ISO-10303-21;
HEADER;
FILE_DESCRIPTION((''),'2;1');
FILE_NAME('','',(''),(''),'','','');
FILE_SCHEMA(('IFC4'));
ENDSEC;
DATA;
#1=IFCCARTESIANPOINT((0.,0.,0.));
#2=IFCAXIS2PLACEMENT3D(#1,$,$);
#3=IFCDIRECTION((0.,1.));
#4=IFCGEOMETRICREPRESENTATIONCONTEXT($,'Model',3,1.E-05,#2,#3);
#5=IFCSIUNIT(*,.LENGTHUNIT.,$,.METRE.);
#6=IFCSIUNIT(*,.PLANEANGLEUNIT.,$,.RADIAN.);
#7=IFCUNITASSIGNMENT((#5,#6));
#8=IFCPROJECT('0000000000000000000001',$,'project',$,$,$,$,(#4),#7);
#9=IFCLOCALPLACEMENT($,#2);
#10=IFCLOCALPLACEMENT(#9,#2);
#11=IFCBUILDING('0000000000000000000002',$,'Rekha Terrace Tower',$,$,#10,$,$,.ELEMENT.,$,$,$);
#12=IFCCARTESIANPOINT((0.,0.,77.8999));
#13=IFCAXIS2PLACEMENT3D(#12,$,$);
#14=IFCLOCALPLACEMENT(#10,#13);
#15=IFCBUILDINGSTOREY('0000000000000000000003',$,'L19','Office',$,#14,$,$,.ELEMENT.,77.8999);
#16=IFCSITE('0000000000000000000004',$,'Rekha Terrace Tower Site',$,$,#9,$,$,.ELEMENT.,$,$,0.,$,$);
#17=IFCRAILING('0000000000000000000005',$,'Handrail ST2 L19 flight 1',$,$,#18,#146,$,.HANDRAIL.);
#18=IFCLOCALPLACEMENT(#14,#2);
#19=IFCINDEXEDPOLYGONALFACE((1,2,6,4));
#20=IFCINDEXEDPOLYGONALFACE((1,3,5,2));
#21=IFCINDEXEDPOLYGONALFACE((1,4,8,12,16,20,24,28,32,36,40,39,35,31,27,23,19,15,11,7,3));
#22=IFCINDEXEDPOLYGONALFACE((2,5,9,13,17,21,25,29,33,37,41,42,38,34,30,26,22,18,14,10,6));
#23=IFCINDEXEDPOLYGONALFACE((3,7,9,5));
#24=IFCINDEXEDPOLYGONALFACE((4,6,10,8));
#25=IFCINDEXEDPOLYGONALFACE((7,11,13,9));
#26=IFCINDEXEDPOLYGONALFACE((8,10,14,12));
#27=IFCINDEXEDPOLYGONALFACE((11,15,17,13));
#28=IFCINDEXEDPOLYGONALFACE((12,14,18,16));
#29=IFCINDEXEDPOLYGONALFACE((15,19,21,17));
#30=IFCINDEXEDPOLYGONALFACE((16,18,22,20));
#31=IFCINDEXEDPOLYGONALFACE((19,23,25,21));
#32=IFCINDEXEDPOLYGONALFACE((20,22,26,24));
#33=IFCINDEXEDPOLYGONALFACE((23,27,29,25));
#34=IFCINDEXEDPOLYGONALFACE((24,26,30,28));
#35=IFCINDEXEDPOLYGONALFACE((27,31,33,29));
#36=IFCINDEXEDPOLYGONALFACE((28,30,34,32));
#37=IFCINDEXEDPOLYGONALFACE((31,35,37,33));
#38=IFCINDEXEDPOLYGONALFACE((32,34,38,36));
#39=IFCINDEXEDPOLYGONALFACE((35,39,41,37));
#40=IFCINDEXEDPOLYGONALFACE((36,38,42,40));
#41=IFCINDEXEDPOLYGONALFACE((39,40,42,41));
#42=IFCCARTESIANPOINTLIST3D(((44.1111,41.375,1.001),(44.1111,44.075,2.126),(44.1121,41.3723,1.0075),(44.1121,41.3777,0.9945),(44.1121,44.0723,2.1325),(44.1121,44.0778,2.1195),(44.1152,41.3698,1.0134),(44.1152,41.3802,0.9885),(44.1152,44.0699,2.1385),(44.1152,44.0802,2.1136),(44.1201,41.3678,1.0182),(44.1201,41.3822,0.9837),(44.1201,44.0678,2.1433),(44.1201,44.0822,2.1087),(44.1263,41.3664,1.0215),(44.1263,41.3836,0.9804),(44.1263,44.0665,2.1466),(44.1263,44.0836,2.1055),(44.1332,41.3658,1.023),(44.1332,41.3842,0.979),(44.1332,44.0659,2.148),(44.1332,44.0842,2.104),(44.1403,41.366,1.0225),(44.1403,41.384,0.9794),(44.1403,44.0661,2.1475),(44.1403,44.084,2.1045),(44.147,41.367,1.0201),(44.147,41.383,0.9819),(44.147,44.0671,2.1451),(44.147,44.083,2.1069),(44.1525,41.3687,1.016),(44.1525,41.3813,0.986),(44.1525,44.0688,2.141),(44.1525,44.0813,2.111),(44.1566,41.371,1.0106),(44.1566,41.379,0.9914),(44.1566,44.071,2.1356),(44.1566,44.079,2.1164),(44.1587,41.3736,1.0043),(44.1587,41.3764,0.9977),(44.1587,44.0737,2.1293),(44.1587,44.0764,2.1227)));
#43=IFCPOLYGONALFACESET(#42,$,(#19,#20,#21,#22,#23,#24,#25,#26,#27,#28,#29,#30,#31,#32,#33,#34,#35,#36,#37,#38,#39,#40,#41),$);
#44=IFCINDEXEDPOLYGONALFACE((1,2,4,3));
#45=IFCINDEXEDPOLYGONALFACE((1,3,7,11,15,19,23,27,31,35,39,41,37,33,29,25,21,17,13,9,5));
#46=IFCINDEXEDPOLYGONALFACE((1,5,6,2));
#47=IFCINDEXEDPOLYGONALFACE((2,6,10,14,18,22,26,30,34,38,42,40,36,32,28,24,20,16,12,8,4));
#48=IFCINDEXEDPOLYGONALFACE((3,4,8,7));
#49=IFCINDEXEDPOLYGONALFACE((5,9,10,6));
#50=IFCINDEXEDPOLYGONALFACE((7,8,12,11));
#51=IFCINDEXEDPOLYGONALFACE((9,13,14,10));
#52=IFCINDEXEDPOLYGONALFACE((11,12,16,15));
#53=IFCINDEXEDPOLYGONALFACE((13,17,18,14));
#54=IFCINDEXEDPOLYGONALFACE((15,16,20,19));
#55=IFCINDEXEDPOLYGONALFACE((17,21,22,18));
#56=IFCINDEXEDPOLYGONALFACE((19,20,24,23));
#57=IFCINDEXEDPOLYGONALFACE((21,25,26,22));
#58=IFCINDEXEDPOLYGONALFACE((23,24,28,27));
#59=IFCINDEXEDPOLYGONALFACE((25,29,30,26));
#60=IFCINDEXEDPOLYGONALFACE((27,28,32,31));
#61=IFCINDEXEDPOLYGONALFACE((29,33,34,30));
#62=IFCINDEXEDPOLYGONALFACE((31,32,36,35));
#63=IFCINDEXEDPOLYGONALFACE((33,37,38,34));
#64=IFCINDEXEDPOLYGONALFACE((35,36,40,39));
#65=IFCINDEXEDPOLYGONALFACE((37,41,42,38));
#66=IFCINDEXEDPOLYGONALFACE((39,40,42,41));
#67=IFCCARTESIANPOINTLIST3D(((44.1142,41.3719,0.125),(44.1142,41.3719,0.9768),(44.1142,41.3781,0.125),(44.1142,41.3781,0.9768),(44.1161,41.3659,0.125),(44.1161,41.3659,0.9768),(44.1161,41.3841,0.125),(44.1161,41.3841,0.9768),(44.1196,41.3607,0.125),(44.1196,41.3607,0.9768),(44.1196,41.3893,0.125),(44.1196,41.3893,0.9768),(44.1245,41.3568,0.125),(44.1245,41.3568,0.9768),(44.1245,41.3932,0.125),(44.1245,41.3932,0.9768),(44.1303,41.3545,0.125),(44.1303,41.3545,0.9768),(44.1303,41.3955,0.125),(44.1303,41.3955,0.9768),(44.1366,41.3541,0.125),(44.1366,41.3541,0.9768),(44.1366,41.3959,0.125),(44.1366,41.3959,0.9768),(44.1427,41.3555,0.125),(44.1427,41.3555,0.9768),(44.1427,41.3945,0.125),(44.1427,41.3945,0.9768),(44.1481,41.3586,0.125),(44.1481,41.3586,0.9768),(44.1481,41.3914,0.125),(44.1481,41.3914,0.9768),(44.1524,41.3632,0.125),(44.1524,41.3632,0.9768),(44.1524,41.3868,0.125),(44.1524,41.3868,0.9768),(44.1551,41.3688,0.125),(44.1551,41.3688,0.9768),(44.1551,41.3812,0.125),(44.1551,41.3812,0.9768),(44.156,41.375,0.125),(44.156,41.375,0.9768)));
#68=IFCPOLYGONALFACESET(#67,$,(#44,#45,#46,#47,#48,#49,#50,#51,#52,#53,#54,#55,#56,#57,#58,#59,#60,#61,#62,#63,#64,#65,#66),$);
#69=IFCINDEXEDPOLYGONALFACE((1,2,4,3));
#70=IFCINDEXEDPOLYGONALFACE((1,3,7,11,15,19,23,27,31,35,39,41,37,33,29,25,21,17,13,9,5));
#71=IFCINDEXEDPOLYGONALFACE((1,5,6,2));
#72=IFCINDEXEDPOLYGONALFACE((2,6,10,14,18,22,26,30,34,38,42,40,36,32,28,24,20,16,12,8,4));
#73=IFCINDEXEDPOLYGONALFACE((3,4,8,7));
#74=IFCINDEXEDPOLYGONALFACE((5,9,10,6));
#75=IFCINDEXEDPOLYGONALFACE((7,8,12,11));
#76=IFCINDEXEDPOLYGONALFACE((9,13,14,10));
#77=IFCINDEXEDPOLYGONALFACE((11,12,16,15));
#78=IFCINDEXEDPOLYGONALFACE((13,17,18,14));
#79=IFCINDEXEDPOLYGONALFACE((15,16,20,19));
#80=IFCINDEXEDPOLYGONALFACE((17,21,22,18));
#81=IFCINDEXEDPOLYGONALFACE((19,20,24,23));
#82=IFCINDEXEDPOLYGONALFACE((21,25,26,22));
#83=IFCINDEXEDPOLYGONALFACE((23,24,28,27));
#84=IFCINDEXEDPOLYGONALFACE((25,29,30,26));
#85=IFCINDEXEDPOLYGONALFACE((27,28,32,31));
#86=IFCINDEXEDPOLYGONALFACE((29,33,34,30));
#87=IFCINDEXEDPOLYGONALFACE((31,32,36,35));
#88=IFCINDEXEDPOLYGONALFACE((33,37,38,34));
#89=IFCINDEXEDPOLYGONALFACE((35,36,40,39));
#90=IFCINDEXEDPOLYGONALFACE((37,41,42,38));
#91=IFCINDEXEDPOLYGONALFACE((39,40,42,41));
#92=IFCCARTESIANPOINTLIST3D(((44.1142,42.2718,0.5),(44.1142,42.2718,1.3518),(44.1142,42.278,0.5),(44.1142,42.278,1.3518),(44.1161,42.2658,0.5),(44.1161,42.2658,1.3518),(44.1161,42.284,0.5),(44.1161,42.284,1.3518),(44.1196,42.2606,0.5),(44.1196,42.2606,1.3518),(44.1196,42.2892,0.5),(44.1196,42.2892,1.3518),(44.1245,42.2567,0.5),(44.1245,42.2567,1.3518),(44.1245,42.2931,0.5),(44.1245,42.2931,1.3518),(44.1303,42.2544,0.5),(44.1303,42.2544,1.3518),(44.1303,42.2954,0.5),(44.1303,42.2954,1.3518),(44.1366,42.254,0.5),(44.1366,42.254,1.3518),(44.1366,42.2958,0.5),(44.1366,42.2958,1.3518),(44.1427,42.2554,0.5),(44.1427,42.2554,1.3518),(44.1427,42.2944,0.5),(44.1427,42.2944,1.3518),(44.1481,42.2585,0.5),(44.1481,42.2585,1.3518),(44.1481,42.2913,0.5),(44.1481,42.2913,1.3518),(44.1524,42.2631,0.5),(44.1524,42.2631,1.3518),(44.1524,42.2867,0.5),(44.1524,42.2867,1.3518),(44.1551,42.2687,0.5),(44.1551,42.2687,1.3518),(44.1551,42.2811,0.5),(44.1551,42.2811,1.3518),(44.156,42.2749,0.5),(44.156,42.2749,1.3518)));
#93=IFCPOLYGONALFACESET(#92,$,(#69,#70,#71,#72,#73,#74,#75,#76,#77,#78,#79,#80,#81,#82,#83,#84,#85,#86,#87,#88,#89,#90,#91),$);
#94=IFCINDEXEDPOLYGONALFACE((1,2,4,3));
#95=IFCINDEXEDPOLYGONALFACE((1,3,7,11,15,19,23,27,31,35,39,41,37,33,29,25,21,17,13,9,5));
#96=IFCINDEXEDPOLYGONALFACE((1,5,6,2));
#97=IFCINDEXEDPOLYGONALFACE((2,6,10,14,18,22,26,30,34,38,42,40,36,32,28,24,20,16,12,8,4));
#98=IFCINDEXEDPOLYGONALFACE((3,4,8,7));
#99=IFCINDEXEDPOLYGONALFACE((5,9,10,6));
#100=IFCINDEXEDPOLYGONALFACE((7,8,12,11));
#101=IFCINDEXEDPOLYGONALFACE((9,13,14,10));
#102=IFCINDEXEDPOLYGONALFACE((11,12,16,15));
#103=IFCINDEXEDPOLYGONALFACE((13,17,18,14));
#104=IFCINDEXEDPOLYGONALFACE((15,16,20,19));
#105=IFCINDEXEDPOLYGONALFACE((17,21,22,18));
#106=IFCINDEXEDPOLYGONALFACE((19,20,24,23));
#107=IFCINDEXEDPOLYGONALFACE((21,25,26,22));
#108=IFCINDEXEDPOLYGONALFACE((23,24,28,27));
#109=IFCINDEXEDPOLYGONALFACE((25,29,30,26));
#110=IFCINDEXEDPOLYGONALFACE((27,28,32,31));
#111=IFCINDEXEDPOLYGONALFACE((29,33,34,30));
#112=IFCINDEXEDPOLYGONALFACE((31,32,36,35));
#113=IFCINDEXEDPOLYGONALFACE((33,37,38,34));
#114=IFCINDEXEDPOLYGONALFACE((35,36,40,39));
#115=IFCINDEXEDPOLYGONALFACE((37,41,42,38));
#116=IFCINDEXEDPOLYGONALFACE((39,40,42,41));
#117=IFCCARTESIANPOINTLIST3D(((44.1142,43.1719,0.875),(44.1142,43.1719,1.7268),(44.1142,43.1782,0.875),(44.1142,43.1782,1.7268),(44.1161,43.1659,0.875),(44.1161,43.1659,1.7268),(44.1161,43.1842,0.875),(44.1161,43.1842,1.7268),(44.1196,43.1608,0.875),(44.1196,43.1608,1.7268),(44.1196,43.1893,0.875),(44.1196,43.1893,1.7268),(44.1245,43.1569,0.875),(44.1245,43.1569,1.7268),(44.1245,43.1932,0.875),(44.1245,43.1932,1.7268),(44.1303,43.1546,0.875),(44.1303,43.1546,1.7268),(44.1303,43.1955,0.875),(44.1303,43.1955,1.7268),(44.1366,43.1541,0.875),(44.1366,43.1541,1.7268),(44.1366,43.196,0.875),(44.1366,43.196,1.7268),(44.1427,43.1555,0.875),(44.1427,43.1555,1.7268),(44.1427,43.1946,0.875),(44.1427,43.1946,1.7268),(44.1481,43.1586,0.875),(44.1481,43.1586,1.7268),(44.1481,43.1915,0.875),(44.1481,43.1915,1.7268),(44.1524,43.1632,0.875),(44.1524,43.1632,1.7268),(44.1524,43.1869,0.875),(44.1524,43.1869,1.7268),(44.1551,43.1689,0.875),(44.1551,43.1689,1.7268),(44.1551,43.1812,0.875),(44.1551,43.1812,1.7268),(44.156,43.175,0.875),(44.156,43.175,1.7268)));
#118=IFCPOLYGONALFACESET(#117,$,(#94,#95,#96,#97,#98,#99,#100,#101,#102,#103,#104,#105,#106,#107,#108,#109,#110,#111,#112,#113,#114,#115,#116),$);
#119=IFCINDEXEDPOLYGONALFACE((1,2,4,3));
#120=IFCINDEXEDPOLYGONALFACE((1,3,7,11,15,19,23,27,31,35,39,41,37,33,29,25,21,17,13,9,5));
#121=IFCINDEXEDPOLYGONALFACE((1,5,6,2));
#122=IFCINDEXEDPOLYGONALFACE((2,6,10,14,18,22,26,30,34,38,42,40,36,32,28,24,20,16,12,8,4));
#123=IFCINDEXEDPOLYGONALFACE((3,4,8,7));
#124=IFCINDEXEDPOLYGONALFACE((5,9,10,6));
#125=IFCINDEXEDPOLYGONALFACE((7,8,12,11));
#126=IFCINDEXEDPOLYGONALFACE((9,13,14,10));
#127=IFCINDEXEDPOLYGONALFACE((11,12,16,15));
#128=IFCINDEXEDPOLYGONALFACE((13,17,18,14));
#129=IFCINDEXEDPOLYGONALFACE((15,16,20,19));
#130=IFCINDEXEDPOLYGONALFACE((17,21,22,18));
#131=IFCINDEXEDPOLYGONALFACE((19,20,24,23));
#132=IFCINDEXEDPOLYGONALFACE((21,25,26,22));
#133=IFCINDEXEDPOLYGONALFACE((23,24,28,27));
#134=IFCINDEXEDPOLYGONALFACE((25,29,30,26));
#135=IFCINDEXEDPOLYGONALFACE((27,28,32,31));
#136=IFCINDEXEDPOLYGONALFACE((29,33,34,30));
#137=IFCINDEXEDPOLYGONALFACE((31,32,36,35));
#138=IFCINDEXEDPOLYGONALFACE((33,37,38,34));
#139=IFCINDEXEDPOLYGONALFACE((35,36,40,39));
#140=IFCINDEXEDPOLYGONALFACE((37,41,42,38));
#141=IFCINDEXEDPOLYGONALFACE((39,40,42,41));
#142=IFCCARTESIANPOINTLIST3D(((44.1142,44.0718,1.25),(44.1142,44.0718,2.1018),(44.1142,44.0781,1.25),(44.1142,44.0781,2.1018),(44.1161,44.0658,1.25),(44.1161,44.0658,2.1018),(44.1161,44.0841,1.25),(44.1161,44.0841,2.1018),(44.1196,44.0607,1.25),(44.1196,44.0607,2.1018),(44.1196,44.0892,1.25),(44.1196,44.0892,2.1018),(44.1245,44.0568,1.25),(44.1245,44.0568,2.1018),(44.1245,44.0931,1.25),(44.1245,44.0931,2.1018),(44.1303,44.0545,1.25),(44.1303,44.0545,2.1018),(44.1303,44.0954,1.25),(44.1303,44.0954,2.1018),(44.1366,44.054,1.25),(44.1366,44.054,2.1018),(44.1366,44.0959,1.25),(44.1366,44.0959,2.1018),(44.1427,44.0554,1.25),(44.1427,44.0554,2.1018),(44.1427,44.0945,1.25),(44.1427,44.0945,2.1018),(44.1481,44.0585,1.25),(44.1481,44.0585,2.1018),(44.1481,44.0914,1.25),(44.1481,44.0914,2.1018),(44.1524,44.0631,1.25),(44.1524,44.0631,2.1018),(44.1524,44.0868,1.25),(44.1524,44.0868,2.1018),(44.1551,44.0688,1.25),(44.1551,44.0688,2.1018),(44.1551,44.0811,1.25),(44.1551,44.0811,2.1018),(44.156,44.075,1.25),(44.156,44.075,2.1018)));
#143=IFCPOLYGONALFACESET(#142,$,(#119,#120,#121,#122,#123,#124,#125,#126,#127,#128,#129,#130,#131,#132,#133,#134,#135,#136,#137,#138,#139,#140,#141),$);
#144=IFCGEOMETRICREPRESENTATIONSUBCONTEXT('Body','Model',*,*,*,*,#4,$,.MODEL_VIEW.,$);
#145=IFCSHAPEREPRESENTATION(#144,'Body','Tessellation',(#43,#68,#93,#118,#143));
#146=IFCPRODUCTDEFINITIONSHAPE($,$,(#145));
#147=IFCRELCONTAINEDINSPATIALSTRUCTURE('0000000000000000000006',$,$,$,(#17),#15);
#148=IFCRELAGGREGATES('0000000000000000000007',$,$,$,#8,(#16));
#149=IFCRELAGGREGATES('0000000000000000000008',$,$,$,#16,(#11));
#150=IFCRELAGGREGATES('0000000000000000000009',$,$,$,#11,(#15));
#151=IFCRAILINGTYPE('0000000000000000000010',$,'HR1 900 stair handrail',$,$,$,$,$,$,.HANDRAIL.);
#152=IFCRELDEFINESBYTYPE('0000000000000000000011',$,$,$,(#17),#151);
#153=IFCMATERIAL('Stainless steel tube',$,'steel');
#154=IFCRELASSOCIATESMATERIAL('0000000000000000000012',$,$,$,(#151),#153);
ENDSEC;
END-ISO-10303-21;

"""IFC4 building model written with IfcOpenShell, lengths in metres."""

from ifc_helpers import new_model, si_unit, direction, frame, origin, origin_2d, place, context, subcontext, project, spatial, circle, extrude, material, type_object, element, save


model = new_model("IFC4")

# Units and contexts
model_context = context("Model", 3, precision=1e-05, world=origin(), true_north=direction((0.0, 1.0)))
body_context = subcontext(model_context, "Body", "Model", "MODEL_VIEW")
ifc_project = project(units=[si_unit("LENGTHUNIT", "METRE"), si_unit("PLANEANGLEUNIT", "RADIAN")], contexts=[model_context])

# Site, building, storey
site_placement = place(None, origin())
site = spatial("IfcSite", under=ifc_project, at=site_placement, Name="Rekha Terrace Tower Site", CompositionType="ELEMENT", RefElevation=0.0)
building_placement = place(site_placement, origin())
building = spatial("IfcBuilding", under=site, at=building_placement, Name="Rekha Terrace Tower", CompositionType="ELEMENT")
storey_placement = place(building_placement, frame((0.0, 0.0, 77.8999)))
storey = spatial("IfcBuildingStorey", under=building, at=storey_placement, Name="L19", Description="Office", CompositionType="ELEMENT", Elevation=77.8999)

# Railing
ifc_material_1 = material(Name="Stainless steel tube", Category="steel")
railing_type_1 = type_object("IfcRailingType", Name="HR1 900 stair handrail", PredefinedType="HANDRAIL", material=ifc_material_1)
railing_1_placement = place(storey_placement, frame((44.135, 41.375, 0.125)))
element("IfcRailing", 1, at=railing_1_placement, inside=storey, type_object=railing_type_1, Name="Handrail ST2 L19 flight 1", PredefinedType="HANDRAIL", context=body_context, shape_type="SweptSolid", body=[
    extrude(circle(Radius=0.0239, at=origin_2d()), frame((0.0, 0.0, 0.876), z_axis=(0.0, 0.923074, 0.384621), x_axis=(-1.0, 0.0, 0.0)), (0.0, 0.0, 1.0), 2.925),
    extrude(circle(Radius=0.021, at=origin_2d()), origin(), (0.0, 0.0, 1.0), 0.8518),
    extrude(circle(Radius=0.021, at=origin_2d()), frame((0.0, 0.8999, 0.375)), (0.0, 0.0, 1.0), 0.8518),
    extrude(circle(Radius=0.021, at=origin_2d()), frame((0.0, 1.8, 0.75)), (0.0, 0.0, 1.0), 0.8518),
    extrude(circle(Radius=0.021, at=origin_2d()), frame((0.0, 2.7, 1.125)), (0.0, 0.0, 1.0), 0.8518),
])

save(model, "model.ifc")
